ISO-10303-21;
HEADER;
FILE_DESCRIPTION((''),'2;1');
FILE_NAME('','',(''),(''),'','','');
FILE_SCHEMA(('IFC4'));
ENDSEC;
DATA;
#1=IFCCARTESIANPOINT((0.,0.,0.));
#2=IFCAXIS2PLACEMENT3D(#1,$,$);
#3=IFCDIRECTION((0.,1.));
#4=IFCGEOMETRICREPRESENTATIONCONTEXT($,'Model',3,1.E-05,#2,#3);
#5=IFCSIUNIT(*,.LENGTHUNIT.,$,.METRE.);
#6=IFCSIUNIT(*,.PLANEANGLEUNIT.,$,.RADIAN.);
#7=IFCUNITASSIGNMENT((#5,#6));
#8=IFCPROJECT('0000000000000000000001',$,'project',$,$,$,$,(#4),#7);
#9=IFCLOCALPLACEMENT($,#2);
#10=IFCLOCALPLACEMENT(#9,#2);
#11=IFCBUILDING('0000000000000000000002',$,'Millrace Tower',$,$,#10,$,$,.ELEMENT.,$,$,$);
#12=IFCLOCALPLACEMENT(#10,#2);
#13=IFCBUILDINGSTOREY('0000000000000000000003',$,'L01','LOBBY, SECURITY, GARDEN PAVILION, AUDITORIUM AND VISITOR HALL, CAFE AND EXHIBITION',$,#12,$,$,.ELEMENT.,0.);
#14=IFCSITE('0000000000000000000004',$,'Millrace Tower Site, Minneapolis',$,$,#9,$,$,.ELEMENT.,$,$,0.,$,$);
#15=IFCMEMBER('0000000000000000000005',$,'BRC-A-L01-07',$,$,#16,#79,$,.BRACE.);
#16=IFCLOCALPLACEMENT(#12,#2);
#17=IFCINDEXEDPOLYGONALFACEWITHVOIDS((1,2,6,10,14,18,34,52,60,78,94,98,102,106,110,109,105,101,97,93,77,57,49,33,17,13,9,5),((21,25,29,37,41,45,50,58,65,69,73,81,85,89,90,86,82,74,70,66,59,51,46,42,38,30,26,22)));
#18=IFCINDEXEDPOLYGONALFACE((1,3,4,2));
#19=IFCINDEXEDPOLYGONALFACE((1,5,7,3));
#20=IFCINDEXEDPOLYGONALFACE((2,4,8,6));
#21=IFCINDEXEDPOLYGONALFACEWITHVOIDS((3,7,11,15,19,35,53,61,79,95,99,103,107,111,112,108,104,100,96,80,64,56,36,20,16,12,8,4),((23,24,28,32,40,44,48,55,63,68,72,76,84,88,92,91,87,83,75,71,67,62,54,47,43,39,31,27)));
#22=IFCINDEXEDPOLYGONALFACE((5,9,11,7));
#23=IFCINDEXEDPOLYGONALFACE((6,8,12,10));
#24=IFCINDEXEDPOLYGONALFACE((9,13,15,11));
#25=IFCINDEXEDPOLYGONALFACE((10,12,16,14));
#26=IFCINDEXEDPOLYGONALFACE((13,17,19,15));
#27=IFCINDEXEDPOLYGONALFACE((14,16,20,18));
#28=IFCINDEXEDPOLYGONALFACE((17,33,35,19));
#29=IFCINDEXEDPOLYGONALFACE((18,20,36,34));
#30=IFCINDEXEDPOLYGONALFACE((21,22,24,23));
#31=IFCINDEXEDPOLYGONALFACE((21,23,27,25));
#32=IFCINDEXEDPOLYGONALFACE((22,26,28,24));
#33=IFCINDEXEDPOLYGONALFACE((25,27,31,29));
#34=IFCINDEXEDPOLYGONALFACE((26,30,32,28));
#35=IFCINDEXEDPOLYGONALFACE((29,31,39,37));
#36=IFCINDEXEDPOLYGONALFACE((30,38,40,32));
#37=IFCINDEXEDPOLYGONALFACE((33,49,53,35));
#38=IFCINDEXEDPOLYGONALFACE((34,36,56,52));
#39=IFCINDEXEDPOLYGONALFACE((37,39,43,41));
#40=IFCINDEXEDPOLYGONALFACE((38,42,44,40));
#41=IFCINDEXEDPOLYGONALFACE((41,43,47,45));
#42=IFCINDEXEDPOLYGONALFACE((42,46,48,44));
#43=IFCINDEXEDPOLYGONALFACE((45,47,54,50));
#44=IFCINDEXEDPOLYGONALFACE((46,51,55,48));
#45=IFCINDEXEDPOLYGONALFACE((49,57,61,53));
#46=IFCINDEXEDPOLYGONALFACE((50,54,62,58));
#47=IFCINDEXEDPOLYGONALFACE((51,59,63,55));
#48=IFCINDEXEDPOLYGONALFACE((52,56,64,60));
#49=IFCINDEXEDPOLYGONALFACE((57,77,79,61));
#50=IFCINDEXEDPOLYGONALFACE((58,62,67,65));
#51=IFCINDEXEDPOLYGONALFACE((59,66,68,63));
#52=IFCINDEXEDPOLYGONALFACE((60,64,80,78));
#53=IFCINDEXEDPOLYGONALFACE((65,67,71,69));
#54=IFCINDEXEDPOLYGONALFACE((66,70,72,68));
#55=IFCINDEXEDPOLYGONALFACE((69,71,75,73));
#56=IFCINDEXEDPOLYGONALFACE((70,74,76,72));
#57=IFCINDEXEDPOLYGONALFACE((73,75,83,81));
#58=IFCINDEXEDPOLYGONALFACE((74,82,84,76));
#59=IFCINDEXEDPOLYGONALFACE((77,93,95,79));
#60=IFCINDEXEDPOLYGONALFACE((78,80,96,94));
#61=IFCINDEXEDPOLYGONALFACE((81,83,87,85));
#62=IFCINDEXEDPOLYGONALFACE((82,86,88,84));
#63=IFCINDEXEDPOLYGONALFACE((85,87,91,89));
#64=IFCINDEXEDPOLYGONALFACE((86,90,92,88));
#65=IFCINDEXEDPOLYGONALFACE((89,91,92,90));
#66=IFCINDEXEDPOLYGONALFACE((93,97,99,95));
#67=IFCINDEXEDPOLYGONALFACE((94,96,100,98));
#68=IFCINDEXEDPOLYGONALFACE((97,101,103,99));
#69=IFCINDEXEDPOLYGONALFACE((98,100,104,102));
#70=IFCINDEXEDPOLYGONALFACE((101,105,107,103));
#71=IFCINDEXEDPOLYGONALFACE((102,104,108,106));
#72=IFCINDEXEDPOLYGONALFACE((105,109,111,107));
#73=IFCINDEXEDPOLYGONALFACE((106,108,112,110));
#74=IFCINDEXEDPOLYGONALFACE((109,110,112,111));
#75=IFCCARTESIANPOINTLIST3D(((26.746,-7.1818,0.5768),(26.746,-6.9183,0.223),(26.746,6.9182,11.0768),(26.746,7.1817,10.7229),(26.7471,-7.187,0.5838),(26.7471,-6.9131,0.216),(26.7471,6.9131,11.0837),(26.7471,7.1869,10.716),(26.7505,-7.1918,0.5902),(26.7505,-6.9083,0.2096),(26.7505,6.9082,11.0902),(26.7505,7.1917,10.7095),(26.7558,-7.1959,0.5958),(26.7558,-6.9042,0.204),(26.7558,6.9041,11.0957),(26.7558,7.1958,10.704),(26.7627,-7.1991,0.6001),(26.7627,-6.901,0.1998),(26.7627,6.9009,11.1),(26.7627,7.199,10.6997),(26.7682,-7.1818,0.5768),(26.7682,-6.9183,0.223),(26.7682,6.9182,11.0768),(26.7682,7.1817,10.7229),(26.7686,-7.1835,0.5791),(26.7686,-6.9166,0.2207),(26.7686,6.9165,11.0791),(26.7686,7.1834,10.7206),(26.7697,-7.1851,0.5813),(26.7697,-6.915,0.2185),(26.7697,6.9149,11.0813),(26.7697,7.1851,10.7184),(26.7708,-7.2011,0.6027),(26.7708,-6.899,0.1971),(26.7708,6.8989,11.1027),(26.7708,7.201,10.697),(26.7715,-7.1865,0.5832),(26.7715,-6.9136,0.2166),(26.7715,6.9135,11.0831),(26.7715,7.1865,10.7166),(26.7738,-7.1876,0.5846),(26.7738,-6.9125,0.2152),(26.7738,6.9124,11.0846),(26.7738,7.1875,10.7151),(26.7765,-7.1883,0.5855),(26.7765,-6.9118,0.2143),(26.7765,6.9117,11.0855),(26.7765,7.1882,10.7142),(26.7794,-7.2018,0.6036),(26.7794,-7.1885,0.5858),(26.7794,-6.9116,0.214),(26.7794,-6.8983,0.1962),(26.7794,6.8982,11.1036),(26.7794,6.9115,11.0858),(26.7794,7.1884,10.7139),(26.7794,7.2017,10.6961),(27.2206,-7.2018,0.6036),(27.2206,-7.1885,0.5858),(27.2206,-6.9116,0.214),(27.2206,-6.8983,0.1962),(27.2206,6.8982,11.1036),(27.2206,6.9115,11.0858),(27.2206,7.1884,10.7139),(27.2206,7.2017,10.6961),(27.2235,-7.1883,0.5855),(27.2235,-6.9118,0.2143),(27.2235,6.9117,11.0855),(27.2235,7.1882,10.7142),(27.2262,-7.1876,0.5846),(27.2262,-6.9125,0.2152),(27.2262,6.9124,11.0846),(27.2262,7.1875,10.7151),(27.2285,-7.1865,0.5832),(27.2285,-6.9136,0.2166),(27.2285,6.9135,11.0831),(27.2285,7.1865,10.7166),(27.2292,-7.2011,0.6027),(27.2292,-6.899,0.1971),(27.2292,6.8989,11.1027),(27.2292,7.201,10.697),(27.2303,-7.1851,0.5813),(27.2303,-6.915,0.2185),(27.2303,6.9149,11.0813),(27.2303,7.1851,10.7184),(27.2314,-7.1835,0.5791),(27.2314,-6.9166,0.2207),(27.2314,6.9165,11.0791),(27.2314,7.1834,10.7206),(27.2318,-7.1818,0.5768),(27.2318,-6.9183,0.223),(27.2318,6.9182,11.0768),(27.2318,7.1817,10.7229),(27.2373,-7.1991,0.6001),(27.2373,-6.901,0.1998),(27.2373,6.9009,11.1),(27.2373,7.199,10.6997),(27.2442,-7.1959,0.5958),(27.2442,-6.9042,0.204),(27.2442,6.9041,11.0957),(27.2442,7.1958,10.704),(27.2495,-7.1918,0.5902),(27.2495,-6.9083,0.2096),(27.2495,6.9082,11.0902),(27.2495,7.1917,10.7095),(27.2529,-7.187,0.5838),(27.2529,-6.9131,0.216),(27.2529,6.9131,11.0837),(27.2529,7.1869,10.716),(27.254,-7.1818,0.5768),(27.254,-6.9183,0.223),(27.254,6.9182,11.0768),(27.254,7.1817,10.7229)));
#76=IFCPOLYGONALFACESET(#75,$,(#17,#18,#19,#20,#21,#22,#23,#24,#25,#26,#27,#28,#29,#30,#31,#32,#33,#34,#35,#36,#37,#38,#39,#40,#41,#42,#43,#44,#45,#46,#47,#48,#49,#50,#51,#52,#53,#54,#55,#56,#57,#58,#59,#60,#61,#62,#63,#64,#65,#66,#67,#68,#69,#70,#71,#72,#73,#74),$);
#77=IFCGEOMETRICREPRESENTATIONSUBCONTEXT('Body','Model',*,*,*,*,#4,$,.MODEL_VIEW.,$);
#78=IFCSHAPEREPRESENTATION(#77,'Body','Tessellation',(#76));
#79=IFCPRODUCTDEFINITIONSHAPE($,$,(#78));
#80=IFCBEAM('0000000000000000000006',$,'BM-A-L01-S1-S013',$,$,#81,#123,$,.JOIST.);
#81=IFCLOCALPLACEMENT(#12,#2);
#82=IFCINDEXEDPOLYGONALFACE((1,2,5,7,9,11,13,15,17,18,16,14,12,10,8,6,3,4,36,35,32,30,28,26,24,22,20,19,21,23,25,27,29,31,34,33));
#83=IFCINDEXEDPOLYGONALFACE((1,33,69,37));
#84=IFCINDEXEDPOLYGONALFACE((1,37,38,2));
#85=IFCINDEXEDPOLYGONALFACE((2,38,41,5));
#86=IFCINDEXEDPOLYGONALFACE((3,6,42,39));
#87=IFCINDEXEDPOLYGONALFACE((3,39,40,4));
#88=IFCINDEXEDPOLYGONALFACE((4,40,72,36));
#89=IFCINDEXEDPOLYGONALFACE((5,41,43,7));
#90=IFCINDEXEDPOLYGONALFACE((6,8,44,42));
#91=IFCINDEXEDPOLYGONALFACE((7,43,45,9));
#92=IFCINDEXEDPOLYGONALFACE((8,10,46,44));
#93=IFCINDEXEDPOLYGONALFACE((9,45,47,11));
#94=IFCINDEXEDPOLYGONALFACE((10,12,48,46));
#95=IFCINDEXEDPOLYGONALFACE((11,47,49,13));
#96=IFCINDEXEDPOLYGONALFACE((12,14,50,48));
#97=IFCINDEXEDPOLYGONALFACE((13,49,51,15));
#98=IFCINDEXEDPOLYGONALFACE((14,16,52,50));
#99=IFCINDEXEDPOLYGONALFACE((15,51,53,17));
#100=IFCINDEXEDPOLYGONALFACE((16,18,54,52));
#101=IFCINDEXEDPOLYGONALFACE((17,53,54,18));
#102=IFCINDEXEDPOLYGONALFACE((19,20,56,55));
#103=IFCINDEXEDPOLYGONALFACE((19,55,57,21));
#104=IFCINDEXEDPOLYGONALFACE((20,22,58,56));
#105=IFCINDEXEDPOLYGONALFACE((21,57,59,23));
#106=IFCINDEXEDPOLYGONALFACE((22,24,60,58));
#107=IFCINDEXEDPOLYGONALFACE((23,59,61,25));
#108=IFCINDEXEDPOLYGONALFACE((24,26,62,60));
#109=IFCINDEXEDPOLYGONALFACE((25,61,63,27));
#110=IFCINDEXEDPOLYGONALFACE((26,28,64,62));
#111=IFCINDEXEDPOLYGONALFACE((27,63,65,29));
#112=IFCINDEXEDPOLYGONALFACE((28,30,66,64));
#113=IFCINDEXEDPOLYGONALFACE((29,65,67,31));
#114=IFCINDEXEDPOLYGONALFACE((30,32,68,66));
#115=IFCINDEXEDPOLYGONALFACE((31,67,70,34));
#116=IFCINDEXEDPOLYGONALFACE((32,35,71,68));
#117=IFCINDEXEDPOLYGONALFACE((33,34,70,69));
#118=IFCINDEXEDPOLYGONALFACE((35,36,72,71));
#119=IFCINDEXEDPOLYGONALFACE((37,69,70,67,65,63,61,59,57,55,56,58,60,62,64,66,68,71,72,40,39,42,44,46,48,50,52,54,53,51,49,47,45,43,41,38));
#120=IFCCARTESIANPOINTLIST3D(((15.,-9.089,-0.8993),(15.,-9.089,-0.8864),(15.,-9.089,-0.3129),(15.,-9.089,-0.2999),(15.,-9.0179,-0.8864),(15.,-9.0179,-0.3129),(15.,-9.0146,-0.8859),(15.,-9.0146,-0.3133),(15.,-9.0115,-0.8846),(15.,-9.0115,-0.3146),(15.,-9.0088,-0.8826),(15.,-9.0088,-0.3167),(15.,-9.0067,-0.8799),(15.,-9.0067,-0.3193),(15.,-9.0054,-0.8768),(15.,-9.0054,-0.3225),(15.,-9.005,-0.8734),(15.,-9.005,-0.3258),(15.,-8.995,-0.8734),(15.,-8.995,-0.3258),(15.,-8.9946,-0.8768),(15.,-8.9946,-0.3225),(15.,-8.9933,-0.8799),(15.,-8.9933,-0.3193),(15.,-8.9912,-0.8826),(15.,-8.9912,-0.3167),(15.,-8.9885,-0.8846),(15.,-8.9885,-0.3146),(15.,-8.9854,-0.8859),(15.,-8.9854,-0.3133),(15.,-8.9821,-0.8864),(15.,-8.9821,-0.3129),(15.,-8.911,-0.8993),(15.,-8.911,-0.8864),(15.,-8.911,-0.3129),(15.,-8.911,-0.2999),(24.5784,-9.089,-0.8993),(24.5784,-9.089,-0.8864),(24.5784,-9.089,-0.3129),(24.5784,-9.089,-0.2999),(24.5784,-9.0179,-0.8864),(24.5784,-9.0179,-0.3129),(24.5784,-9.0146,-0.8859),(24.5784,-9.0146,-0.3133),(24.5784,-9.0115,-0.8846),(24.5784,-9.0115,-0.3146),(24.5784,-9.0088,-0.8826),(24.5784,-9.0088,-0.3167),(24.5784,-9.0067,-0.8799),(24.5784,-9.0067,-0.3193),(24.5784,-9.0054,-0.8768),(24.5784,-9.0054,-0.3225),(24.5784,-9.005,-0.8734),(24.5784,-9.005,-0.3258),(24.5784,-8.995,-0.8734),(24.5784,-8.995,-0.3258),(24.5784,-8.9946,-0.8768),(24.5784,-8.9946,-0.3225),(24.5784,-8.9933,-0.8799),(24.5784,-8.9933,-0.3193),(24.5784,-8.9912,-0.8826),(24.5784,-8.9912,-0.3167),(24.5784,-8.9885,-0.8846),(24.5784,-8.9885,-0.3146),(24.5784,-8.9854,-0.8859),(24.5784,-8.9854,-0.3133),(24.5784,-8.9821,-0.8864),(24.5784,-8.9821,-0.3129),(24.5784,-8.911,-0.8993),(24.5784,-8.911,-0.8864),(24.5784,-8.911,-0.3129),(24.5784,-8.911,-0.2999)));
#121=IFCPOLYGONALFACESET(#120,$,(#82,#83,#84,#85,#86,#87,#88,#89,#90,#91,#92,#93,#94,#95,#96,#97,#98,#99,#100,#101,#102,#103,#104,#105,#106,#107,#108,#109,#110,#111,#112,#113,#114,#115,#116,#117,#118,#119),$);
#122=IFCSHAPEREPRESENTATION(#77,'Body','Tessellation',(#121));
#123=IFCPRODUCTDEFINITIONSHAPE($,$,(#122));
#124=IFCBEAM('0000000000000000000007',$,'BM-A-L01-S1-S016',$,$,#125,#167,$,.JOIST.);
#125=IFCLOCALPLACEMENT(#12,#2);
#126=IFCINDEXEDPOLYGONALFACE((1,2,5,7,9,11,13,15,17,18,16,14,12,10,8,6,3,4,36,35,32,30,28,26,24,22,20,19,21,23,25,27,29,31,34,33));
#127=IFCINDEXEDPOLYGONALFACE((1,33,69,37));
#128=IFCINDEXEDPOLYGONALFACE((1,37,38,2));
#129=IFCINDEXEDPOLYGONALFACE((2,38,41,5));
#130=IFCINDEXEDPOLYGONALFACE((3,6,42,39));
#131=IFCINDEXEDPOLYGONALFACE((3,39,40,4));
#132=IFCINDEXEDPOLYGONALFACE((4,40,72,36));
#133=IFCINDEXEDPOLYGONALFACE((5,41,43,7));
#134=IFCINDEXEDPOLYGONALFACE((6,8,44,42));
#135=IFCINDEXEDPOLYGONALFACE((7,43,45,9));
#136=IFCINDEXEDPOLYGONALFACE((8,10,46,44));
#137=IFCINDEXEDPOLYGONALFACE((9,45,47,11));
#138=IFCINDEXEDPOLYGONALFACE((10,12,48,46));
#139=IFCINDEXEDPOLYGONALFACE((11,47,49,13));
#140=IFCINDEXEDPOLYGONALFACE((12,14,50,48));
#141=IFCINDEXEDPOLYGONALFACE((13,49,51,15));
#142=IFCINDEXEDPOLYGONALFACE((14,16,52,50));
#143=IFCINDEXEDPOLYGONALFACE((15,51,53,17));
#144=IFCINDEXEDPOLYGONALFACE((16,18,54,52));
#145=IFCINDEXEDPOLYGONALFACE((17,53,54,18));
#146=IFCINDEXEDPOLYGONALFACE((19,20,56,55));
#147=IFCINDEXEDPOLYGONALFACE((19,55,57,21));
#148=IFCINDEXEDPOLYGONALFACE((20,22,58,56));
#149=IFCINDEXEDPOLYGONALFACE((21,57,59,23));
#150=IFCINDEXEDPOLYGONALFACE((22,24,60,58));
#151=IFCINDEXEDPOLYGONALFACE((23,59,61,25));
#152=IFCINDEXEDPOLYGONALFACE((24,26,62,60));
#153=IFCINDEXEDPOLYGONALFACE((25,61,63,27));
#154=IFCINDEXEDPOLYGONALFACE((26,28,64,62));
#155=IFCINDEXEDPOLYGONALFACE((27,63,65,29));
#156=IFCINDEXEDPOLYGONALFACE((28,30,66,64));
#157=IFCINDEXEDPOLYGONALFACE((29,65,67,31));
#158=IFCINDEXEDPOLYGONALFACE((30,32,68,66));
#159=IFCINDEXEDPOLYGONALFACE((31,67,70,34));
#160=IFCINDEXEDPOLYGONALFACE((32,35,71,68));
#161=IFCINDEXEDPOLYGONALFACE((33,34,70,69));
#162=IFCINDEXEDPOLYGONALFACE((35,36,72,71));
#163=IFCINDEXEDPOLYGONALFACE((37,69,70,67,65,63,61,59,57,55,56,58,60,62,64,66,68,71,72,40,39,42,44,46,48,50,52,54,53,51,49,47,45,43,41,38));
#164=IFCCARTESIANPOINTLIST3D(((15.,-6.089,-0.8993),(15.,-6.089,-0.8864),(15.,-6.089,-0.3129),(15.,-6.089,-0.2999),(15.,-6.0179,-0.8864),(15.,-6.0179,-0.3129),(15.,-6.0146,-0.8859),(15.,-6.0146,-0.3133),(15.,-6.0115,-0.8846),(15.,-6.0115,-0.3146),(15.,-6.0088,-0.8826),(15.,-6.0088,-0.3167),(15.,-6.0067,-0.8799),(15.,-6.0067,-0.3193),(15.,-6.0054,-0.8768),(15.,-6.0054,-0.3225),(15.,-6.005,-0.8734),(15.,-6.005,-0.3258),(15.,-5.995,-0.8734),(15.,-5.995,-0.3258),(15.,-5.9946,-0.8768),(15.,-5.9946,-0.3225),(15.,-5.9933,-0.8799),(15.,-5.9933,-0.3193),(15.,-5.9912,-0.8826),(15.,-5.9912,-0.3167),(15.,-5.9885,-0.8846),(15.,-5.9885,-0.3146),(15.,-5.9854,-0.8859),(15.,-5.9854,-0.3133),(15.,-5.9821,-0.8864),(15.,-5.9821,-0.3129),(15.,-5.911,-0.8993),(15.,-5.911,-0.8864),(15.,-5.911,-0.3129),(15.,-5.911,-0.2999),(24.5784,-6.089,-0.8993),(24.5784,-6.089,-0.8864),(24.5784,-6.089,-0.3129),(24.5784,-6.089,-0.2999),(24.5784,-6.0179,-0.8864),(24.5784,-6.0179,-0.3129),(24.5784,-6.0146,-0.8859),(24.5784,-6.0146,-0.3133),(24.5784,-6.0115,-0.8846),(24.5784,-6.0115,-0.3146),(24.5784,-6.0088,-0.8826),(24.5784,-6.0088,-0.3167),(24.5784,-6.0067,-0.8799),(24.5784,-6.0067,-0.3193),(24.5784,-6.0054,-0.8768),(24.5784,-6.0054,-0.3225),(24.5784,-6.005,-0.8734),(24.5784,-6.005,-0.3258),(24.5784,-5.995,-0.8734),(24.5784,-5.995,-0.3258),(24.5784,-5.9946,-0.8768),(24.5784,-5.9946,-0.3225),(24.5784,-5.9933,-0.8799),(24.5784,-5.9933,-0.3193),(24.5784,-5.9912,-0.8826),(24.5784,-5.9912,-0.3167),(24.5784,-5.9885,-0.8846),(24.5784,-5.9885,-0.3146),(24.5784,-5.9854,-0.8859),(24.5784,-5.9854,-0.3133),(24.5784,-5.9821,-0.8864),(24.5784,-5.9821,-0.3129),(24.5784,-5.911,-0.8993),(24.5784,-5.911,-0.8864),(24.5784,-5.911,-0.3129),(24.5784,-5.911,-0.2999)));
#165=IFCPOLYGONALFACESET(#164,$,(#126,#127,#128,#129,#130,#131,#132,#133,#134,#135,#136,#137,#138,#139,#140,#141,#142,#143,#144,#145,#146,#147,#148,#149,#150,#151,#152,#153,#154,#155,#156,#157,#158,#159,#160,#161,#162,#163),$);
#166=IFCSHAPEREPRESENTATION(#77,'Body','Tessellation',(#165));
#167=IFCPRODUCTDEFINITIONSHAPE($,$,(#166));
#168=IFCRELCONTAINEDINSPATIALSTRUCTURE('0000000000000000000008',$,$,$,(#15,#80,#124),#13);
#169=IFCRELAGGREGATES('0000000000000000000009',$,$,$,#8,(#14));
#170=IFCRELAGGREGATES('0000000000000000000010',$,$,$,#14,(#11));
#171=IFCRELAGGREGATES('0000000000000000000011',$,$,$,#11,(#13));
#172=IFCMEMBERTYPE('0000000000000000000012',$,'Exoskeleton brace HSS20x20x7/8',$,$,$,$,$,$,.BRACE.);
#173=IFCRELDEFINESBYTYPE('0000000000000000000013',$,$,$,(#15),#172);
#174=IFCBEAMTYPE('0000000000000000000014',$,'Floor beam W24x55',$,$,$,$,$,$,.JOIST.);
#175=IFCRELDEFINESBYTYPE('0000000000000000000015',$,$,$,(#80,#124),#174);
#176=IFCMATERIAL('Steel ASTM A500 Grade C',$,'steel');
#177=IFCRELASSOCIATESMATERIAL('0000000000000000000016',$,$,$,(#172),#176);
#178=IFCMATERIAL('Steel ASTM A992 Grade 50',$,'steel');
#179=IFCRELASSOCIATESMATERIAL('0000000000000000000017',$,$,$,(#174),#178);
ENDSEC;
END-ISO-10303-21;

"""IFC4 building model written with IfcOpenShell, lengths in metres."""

from ifc_helpers import new_model, si_unit, direction, frame, origin, origin_2d, place, context, subcontext, project, spatial, hollow_rectangle, i_section, extrude, material, material_profile, profile_set, type_object, element, save


model = new_model("IFC4")

# Units and contexts
model_context = context("Model", 3, precision=1e-05, world=origin(), true_north=direction((0.0, 1.0)))
body_context = subcontext(model_context, "Body", "Model", "MODEL_VIEW")
ifc_project = project(units=[si_unit("LENGTHUNIT", "METRE"), si_unit("PLANEANGLEUNIT", "RADIAN")], contexts=[model_context])

# Site, building, storey
site_placement = place(None, origin())
site = spatial("IfcSite", under=ifc_project, at=site_placement, Name="Millrace Tower Site, Minneapolis", CompositionType="ELEMENT", RefElevation=0.0)
building_placement = place(site_placement, origin())
building = spatial("IfcBuilding", under=site, at=building_placement, Name="Millrace Tower", CompositionType="ELEMENT")
storey_placement = place(building_placement, origin())
storey = spatial("IfcBuildingStorey", under=building, at=storey_placement, Name="L01", Description="LOBBY, SECURITY, GARDEN PAVILION, AUDITORIUM AND VISITOR HALL, CAFE AND EXHIBITION", CompositionType="ELEMENT", Elevation=0.0)

# Member
ifc_material_1 = material(Name="Steel ASTM A500 Grade C", Category="steel")
ifc_material_profile_1 = material_profile(ifc_material_1, hollow_rectangle(XDim=0.5081, YDim=0.5081, WallThickness=0.0222, InnerFilletRadius=0.0112, OuterFilletRadius=0.0334, at=origin_2d()))
ifc_profile_set_1 = profile_set([ifc_material_profile_1], Name="Steel ASTM A500 Grade C")
member_type_1 = type_object("IfcMemberType", Name="Exoskeleton brace HSS20x20x7/8", PredefinedType="BRACE", material=ifc_profile_set_1)
member_1_placement = place(storey_placement, frame((27.0, -7.05, 0.3999), z_axis=(0.0, 0.802045, 0.597263), x_axis=(-1.0, 0.0, 0.0)))
element("IfcMember", 1, at=member_1_placement, inside=storey, type_object=member_type_1, Name="BRC-A-L01-07", PredefinedType="BRACE", context=body_context, shape_type="SweptSolid", body=[
    extrude(hollow_rectangle(XDim=0.5081, YDim=0.5081, WallThickness=0.0222, InnerFilletRadius=0.0112, OuterFilletRadius=0.0334, at=origin_2d()), origin(), (0.0, 0.0, 1.0), 17.5801),
])

# Beams
ifc_material_2 = material(Name="Steel ASTM A992 Grade 50", Category="steel")
ifc_material_profile_2 = material_profile(ifc_material_2, i_section(OverallWidth=0.178, OverallDepth=0.5994, WebThickness=0.01, FlangeThickness=0.0129, FilletRadius=0.0129, at=origin_2d()))
ifc_profile_set_2 = profile_set([ifc_material_profile_2], Name="Steel ASTM A992 Grade 50")
beam_type_1 = type_object("IfcBeamType", Name="Floor beam W24x55", PredefinedType="JOIST", material=ifc_profile_set_2)
for number, where, z_axis, x_axis, name in (
    (2, (15.0, -9.0, -0.5996), (1.0, 0.0, 0.0), (0.0, 1.0, 0.0), "BM-A-L01-S1-S013"),
    (3, (15.0, -6.0, -0.5996), (1.0, 0.0, 0.0), (0.0, 1.0, 0.0), "BM-A-L01-S1-S016"),
):
    element("IfcBeam", number, at=place(storey_placement, frame(where, z_axis=z_axis, x_axis=x_axis)), inside=storey, type_object=beam_type_1, Name=name, PredefinedType="JOIST", context=body_context, shape_type="SweptSolid", body=[
        extrude(i_section(OverallWidth=0.178, OverallDepth=0.5994, WebThickness=0.01, FlangeThickness=0.0129, FilletRadius=0.0129, at=origin_2d()), origin(), (0.0, 0.0, 1.0), 9.5784),
    ])

save(model, "model.ifc")
